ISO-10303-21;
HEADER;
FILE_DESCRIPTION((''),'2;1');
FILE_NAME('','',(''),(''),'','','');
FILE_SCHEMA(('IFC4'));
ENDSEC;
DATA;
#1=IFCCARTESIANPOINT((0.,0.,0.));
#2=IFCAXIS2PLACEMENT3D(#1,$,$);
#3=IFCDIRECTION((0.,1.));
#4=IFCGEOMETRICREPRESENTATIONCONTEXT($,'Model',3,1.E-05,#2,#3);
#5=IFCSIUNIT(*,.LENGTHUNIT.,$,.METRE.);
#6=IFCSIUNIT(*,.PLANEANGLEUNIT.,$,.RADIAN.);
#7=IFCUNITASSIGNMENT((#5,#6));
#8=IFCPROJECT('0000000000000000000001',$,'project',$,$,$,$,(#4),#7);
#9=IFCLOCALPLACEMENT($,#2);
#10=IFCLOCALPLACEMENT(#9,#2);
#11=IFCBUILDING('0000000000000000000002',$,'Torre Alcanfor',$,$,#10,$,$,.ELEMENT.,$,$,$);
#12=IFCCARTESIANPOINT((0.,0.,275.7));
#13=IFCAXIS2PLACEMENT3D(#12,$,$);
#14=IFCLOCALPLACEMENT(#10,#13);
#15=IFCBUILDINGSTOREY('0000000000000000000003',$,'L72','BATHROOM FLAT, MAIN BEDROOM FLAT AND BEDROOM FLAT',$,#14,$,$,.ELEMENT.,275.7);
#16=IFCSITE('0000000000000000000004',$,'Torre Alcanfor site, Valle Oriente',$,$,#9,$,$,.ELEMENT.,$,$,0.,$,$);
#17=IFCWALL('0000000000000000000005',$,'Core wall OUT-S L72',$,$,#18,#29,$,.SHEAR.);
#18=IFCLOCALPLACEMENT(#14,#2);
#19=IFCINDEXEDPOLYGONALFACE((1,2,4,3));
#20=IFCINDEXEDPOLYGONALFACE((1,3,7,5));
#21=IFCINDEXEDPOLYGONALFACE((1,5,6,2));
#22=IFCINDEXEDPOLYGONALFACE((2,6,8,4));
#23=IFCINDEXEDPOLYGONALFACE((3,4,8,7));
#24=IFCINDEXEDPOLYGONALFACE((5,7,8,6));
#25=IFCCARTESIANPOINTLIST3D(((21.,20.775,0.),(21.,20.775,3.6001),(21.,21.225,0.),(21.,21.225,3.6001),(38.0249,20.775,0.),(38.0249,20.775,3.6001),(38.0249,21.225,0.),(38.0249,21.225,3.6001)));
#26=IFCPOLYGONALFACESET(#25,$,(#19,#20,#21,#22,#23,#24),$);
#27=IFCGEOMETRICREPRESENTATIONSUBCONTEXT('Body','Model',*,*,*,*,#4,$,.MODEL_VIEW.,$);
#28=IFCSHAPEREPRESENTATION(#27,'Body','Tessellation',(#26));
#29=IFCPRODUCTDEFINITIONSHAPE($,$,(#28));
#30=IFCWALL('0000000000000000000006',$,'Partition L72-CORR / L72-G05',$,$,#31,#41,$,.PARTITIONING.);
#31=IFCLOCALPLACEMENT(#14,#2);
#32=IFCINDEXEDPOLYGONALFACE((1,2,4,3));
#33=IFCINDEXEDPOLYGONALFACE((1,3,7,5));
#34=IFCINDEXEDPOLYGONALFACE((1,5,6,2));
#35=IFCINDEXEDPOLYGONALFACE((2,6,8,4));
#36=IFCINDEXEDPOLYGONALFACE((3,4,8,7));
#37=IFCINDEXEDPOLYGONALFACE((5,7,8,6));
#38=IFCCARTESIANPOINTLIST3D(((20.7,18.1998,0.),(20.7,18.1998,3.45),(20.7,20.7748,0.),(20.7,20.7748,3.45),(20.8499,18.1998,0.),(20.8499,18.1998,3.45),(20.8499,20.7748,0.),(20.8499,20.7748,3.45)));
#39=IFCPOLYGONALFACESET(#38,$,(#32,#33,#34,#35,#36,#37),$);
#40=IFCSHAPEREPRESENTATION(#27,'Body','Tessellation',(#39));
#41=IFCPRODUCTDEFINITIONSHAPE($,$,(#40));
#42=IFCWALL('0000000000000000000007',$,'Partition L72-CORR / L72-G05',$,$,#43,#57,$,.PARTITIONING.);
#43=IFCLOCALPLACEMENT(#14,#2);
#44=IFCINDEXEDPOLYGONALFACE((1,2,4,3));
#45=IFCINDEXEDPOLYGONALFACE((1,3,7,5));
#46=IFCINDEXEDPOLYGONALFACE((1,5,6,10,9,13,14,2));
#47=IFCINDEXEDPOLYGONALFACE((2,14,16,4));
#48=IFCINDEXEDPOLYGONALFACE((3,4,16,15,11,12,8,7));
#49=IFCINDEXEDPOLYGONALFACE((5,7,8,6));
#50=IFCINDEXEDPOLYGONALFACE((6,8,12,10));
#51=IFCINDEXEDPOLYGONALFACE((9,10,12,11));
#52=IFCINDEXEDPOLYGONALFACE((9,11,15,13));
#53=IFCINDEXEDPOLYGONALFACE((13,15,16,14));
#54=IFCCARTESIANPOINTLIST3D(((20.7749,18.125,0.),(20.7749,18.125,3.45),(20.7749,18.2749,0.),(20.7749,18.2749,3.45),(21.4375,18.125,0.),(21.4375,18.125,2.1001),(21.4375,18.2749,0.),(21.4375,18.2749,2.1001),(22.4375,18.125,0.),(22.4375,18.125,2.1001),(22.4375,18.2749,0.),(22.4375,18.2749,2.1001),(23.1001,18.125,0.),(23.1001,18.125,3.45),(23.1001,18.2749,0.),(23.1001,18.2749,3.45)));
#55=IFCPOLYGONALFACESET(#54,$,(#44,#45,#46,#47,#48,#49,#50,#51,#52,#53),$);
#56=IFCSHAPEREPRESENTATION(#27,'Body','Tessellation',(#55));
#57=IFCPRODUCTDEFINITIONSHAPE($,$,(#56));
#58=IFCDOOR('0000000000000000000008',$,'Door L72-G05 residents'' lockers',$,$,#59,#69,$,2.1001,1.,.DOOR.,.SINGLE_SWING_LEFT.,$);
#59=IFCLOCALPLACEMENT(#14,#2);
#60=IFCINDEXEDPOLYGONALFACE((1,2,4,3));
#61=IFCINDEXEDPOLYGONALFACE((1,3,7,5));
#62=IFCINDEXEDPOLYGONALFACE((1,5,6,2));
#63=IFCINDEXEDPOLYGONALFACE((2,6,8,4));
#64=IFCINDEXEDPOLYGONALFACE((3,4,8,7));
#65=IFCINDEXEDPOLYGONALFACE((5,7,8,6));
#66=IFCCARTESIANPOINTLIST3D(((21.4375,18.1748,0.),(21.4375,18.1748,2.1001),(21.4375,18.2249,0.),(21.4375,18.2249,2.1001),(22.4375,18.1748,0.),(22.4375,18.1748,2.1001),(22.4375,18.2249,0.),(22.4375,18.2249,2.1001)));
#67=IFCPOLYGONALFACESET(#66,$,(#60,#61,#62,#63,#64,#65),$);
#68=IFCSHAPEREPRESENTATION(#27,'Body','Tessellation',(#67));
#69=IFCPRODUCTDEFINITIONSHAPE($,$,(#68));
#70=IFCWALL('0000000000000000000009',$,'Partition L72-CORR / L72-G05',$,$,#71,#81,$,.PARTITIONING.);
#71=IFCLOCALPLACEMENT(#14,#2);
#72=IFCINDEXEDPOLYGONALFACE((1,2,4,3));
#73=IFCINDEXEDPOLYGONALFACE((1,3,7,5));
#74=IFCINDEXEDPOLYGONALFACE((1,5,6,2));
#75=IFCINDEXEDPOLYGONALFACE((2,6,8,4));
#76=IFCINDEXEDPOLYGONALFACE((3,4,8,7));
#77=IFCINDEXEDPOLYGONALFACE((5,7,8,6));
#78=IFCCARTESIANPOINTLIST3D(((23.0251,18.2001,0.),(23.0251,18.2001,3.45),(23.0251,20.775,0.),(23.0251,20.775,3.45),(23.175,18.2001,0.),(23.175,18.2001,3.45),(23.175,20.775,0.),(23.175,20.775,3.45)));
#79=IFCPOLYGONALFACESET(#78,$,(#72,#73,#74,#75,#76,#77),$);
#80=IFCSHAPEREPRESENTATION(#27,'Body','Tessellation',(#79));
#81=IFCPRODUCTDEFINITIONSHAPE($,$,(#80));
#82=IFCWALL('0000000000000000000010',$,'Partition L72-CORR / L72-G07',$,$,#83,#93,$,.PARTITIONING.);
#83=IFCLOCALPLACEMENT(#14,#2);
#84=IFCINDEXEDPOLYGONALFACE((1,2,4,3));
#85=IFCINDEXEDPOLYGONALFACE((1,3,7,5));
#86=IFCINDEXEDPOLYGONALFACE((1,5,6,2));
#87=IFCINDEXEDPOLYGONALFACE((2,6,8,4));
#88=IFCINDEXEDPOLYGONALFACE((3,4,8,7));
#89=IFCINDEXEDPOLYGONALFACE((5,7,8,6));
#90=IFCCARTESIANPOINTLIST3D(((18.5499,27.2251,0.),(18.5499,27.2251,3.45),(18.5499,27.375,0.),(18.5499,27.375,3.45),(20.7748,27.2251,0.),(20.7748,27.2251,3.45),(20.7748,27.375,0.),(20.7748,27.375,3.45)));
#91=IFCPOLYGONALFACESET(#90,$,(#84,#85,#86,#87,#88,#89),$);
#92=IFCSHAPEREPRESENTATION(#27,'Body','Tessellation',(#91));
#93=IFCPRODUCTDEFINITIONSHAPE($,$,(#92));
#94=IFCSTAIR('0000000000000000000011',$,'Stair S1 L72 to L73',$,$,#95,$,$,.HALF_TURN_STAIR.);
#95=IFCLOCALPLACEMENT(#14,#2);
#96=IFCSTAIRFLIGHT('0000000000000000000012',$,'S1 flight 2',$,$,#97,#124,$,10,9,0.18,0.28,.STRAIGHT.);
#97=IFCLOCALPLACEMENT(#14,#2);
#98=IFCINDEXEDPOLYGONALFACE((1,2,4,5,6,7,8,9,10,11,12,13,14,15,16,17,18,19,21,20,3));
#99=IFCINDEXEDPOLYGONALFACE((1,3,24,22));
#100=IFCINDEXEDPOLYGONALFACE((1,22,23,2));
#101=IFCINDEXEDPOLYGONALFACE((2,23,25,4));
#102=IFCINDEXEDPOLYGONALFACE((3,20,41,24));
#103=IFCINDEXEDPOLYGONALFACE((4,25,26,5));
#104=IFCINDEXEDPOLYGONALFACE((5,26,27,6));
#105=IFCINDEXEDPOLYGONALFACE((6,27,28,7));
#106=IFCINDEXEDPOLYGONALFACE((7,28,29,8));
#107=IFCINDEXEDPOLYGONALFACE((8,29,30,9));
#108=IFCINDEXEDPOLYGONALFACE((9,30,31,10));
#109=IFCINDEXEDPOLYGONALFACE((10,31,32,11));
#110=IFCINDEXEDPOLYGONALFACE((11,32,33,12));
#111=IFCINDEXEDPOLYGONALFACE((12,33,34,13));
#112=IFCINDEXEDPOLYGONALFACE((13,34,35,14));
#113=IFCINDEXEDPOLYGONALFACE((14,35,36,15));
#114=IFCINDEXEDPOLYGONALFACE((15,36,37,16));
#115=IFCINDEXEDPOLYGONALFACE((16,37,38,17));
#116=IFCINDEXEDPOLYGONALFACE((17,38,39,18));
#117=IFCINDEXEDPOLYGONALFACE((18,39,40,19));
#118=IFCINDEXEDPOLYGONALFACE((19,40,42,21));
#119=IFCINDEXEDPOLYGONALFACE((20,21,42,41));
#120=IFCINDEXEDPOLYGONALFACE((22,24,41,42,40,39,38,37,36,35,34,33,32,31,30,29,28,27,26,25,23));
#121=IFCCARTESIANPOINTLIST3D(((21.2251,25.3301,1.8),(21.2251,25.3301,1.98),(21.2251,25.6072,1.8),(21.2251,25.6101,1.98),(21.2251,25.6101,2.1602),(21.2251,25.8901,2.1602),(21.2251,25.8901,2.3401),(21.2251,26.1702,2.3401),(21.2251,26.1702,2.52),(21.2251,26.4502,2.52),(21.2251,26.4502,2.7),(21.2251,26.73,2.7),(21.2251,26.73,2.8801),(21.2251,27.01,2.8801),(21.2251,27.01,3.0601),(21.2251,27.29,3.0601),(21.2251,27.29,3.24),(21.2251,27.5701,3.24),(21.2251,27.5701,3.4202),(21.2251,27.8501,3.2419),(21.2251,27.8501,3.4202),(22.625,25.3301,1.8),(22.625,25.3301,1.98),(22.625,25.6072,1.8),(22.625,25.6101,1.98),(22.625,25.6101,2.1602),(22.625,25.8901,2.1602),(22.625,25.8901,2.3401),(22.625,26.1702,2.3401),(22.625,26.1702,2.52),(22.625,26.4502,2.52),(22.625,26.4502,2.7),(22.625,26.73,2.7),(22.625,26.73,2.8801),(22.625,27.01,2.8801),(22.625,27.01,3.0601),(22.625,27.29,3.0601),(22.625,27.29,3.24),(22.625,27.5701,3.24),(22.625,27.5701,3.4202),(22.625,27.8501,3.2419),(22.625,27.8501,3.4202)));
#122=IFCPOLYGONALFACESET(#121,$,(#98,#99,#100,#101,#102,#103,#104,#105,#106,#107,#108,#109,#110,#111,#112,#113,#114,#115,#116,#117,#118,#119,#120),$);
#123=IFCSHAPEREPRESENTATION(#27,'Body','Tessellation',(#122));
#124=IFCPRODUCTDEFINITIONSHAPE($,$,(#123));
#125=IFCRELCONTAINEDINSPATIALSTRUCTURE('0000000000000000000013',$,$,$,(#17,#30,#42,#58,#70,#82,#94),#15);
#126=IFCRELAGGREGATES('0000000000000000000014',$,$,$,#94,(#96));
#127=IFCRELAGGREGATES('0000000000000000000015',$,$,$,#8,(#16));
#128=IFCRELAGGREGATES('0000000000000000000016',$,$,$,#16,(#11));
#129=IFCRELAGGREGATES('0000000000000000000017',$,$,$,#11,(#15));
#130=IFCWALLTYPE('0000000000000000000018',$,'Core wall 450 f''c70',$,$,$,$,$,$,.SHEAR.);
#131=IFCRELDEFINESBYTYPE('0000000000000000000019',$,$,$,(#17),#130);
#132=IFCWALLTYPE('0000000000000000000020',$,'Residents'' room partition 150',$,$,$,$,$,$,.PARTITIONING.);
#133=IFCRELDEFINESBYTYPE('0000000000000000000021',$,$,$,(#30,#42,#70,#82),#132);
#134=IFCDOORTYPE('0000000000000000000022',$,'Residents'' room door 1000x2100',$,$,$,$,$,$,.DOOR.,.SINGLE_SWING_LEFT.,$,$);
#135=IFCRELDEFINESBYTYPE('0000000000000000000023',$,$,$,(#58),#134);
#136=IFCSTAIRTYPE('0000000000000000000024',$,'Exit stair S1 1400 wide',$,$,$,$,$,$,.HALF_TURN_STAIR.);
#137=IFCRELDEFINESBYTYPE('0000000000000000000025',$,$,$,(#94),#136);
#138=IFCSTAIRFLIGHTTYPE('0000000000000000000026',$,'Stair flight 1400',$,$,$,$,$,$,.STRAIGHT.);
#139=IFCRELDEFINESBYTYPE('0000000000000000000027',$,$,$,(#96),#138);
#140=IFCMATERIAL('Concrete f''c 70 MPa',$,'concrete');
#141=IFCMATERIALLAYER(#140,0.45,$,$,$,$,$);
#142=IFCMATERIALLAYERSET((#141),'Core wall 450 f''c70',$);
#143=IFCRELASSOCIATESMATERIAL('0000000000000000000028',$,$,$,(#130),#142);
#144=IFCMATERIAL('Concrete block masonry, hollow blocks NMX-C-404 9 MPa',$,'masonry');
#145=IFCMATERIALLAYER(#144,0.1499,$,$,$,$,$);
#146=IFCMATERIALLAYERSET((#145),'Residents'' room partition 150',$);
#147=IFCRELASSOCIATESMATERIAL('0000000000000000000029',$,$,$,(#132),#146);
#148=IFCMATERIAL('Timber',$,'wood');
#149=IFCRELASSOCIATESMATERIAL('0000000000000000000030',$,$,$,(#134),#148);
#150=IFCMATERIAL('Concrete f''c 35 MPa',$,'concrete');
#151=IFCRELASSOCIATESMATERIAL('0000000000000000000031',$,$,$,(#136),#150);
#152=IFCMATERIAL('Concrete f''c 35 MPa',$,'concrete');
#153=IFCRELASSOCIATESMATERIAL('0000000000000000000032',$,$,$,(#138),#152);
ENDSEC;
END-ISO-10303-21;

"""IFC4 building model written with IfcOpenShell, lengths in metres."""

from ifc_helpers import new_model, si_unit, direction, frame, frame_2d, origin, place, context, subcontext, project, spatial, polyline, rectangle, outline, extrude, material, layer, layer_set, type_object, element, fill, aggregate, save


model = new_model("IFC4")

# Units and contexts
model_context = context("Model", 3, precision=1e-05, world=origin(), true_north=direction((0.0, 1.0)))
body_context = subcontext(model_context, "Body", "Model", "MODEL_VIEW")
ifc_project = project(units=[si_unit("LENGTHUNIT", "METRE"), si_unit("PLANEANGLEUNIT", "RADIAN")], contexts=[model_context])

# Site, building, storey
site_placement = place(None, origin())
site = spatial("IfcSite", under=ifc_project, at=site_placement, Name="Torre Alcanfor site, Valle Oriente", CompositionType="ELEMENT", RefElevation=0.0)
building_placement = place(site_placement, origin())
building = spatial("IfcBuilding", under=site, at=building_placement, Name="Torre Alcanfor", CompositionType="ELEMENT")
storey_placement = place(building_placement, frame((0.0, 0.0, 275.7)))
storey = spatial("IfcBuildingStorey", under=building, at=storey_placement, Name="L72", Description="BATHROOM FLAT, MAIN BEDROOM FLAT AND BEDROOM FLAT", CompositionType="ELEMENT", Elevation=275.7)

# Walls
ifc_material_1 = material(Name="Concrete f'c 70 MPa", Category="concrete")
ifc_layer_1 = layer(ifc_material_1, 0.45)
ifc_layer_set_1 = layer_set([ifc_layer_1], Name="Core wall 450 f'c70")
wall_type_1 = type_object("IfcWallType", Name="Core wall 450 f'c70", PredefinedType="SHEAR", material=ifc_layer_set_1)
wall_1_placement = place(storey_placement, frame((21.0, 21.0, 0.0), z_axis=(0.0, 0.0, 1.0), x_axis=(1.0, 0.0, 0.0)))
element("IfcWall", 1, at=wall_1_placement, inside=storey, type_object=wall_type_1, Name="Core wall OUT-S L72", PredefinedType="SHEAR", context=body_context, shape_type="SweptSolid", body=[
    extrude(rectangle(XDim=17.0249, YDim=0.45, at=frame_2d((8.5125, 0.0))), origin(), (0.0, 0.0, 1.0), 3.6001),
])
ifc_material_2 = material(Name="Concrete block masonry, hollow blocks NMX-C-404 9 MPa", Category="masonry")
ifc_layer_2 = layer(ifc_material_2, 0.1499)
ifc_layer_set_2 = layer_set([ifc_layer_2], Name="Residents' room partition 150")
wall_type_2 = type_object("IfcWallType", Name="Residents' room partition 150", PredefinedType="PARTITIONING", material=ifc_layer_set_2)
wall_2_placement = place(storey_placement, frame((20.7749, 20.7749, 0.0), z_axis=(0.0, 0.0, 1.0), x_axis=(0.0, -1.0, 0.0)))
element("IfcWall", 2, at=wall_2_placement, inside=storey, type_object=wall_type_2, Name="Partition L72-CORR / L72-G05", PredefinedType="PARTITIONING", context=body_context, shape_type="SweptSolid", body=[
    extrude(rectangle(XDim=2.575, YDim=0.1499, at=frame_2d((1.2876, 0.0))), origin(), (0.0, 0.0, 1.0), 3.45),
])

# Wall, opening, door
wall_3_placement = place(storey_placement, frame((20.7749, 18.2, 0.0), z_axis=(0.0, 0.0, 1.0), x_axis=(1.0, 0.0, 0.0)))
wall_3 = element("IfcWall", 3, at=wall_3_placement, inside=storey, type_object=wall_type_2, Name="Partition L72-CORR / L72-G05", PredefinedType="PARTITIONING", context=body_context, shape_type="SweptSolid", body=[
    extrude(rectangle(XDim=2.3252, YDim=0.1499, at=frame_2d((1.1626, 0.0))), origin(), (0.0, 0.0, 1.0), 3.45),
])
opening_1_placement = place(wall_3_placement, frame((0.6626, 0.0, 0.0)))
opening_1 = element("IfcOpeningElement", 4, at=opening_1_placement, cuts=wall_3, PredefinedType="OPENING", context=body_context, shape_type="SweptSolid", body=[
    extrude(rectangle(XDim=1.0, YDim=2.1001, at=frame_2d((0.5, 1.05))), frame((0.0, 0.085, 0.0), z_axis=(0.0, -1.0, 0.0), x_axis=(1.0, 0.0, 0.0)), (0.0, 0.0, 1.0), 0.1699),
])
ifc_material_3 = material(Name="Timber", Category="wood")
door_type_1 = type_object("IfcDoorType", Name="Residents' room door 1000x2100", OperationType="SINGLE_SWING_LEFT", PredefinedType="DOOR", material=ifc_material_3)
door_1_placement = place(opening_1_placement, origin())
door_1 = element("IfcDoor", 5, at=door_1_placement, inside=storey, type_object=door_type_1, Name="Door L72-G05 residents' lockers", OperationType="SINGLE_SWING_LEFT", OverallHeight=2.1001, OverallWidth=1.0, PredefinedType="DOOR", context=body_context, shape_type="SweptSolid", body=[
    extrude(rectangle(XDim=1.0, YDim=2.1001, at=frame_2d((0.5, 1.05))), frame((0.0, 0.0249, 0.0), z_axis=(0.0, -1.0, 0.0), x_axis=(1.0, 0.0, 0.0)), (0.0, 0.0, 1.0), 0.05),
])
fill(opening_1, door_1)

# Walls
wall_4_placement = place(storey_placement, frame((23.1001, 18.2, 0.0), z_axis=(0.0, 0.0, 1.0), x_axis=(0.0, 1.0, 0.0)))
element("IfcWall", 6, at=wall_4_placement, inside=storey, type_object=wall_type_2, Name="Partition L72-CORR / L72-G05", PredefinedType="PARTITIONING", context=body_context, shape_type="SweptSolid", body=[
    extrude(rectangle(XDim=2.575, YDim=0.1499, at=frame_2d((1.2876, 0.0))), origin(), (0.0, 0.0, 1.0), 3.45),
])
wall_5_placement = place(storey_placement, frame((18.55, 27.3, 0.0), z_axis=(0.0, 0.0, 1.0), x_axis=(1.0, 0.0, 0.0)))
element("IfcWall", 7, at=wall_5_placement, inside=storey, type_object=wall_type_2, Name="Partition L72-CORR / L72-G07", PredefinedType="PARTITIONING", context=body_context, shape_type="SweptSolid", body=[
    extrude(rectangle(XDim=2.2249, YDim=0.1499, at=frame_2d((1.1123, 0.0))), origin(), (0.0, 0.0, 1.0), 3.45),
])

# Stair, stair flight
ifc_material_4 = material(Name="Concrete f'c 35 MPa", Category="concrete")
stair_type = type_object("IfcStairType", Name="Exit stair S1 1400 wide", PredefinedType="HALF_TURN_STAIR", material=ifc_material_4)
stair_placement = place(storey_placement, origin())
stair = element("IfcStair", 8, at=stair_placement, inside=storey, type_object=stair_type, Name="Stair S1 L72 to L73", PredefinedType="HALF_TURN_STAIR")
ifc_material_5 = material(Name="Concrete f'c 35 MPa", Category="concrete")
stair_flight_type = type_object("IfcStairFlightType", Name="Stair flight 1400", PredefinedType="STRAIGHT", material=ifc_material_5)
stair_flight_placement = place(storey_placement, frame((21.925, 25.3301, 1.8), z_axis=(0.0, 0.0, 1.0), x_axis=(0.0, 1.0, 0.0)))
stair_flight = element("IfcStairFlight", 9, at=stair_flight_placement, type_object=stair_flight_type, Name="S1 flight 2", NumberOfRisers=10, NumberOfTreads=9, PredefinedType="STRAIGHT", RiserHeight=0.18, TreadLength=0.28, context=body_context, shape_type="SweptSolid", body=[
    extrude(outline(polyline([(0.0, 0.0), (0.0, 0.1799), (0.28, 0.1799), (0.28, 0.3601), (0.5601, 0.3601), (0.5601, 0.54), (0.8401, 0.54), (0.8401, 0.72), (1.1201, 0.72), (1.1201, 0.8999), (1.3999, 0.8999), (1.3999, 1.0801), (1.6799, 1.0801), (1.6799, 1.26), (1.96, 1.26), (1.96, 1.4399), (2.24, 1.4399), (2.24, 1.6201), (2.52, 1.6201), (2.52, 1.8), (2.52, 1.4419), (0.2771, 0.0), (0.0, 0.0)])), frame((0.0, 0.7, 0.0), z_axis=(0.0, -1.0, 0.0), x_axis=(1.0, 0.0, 0.0)), (0.0, 0.0, 1.0), 1.3999),
])
aggregate(stair, [stair_flight])

save(model, "model.ifc")
